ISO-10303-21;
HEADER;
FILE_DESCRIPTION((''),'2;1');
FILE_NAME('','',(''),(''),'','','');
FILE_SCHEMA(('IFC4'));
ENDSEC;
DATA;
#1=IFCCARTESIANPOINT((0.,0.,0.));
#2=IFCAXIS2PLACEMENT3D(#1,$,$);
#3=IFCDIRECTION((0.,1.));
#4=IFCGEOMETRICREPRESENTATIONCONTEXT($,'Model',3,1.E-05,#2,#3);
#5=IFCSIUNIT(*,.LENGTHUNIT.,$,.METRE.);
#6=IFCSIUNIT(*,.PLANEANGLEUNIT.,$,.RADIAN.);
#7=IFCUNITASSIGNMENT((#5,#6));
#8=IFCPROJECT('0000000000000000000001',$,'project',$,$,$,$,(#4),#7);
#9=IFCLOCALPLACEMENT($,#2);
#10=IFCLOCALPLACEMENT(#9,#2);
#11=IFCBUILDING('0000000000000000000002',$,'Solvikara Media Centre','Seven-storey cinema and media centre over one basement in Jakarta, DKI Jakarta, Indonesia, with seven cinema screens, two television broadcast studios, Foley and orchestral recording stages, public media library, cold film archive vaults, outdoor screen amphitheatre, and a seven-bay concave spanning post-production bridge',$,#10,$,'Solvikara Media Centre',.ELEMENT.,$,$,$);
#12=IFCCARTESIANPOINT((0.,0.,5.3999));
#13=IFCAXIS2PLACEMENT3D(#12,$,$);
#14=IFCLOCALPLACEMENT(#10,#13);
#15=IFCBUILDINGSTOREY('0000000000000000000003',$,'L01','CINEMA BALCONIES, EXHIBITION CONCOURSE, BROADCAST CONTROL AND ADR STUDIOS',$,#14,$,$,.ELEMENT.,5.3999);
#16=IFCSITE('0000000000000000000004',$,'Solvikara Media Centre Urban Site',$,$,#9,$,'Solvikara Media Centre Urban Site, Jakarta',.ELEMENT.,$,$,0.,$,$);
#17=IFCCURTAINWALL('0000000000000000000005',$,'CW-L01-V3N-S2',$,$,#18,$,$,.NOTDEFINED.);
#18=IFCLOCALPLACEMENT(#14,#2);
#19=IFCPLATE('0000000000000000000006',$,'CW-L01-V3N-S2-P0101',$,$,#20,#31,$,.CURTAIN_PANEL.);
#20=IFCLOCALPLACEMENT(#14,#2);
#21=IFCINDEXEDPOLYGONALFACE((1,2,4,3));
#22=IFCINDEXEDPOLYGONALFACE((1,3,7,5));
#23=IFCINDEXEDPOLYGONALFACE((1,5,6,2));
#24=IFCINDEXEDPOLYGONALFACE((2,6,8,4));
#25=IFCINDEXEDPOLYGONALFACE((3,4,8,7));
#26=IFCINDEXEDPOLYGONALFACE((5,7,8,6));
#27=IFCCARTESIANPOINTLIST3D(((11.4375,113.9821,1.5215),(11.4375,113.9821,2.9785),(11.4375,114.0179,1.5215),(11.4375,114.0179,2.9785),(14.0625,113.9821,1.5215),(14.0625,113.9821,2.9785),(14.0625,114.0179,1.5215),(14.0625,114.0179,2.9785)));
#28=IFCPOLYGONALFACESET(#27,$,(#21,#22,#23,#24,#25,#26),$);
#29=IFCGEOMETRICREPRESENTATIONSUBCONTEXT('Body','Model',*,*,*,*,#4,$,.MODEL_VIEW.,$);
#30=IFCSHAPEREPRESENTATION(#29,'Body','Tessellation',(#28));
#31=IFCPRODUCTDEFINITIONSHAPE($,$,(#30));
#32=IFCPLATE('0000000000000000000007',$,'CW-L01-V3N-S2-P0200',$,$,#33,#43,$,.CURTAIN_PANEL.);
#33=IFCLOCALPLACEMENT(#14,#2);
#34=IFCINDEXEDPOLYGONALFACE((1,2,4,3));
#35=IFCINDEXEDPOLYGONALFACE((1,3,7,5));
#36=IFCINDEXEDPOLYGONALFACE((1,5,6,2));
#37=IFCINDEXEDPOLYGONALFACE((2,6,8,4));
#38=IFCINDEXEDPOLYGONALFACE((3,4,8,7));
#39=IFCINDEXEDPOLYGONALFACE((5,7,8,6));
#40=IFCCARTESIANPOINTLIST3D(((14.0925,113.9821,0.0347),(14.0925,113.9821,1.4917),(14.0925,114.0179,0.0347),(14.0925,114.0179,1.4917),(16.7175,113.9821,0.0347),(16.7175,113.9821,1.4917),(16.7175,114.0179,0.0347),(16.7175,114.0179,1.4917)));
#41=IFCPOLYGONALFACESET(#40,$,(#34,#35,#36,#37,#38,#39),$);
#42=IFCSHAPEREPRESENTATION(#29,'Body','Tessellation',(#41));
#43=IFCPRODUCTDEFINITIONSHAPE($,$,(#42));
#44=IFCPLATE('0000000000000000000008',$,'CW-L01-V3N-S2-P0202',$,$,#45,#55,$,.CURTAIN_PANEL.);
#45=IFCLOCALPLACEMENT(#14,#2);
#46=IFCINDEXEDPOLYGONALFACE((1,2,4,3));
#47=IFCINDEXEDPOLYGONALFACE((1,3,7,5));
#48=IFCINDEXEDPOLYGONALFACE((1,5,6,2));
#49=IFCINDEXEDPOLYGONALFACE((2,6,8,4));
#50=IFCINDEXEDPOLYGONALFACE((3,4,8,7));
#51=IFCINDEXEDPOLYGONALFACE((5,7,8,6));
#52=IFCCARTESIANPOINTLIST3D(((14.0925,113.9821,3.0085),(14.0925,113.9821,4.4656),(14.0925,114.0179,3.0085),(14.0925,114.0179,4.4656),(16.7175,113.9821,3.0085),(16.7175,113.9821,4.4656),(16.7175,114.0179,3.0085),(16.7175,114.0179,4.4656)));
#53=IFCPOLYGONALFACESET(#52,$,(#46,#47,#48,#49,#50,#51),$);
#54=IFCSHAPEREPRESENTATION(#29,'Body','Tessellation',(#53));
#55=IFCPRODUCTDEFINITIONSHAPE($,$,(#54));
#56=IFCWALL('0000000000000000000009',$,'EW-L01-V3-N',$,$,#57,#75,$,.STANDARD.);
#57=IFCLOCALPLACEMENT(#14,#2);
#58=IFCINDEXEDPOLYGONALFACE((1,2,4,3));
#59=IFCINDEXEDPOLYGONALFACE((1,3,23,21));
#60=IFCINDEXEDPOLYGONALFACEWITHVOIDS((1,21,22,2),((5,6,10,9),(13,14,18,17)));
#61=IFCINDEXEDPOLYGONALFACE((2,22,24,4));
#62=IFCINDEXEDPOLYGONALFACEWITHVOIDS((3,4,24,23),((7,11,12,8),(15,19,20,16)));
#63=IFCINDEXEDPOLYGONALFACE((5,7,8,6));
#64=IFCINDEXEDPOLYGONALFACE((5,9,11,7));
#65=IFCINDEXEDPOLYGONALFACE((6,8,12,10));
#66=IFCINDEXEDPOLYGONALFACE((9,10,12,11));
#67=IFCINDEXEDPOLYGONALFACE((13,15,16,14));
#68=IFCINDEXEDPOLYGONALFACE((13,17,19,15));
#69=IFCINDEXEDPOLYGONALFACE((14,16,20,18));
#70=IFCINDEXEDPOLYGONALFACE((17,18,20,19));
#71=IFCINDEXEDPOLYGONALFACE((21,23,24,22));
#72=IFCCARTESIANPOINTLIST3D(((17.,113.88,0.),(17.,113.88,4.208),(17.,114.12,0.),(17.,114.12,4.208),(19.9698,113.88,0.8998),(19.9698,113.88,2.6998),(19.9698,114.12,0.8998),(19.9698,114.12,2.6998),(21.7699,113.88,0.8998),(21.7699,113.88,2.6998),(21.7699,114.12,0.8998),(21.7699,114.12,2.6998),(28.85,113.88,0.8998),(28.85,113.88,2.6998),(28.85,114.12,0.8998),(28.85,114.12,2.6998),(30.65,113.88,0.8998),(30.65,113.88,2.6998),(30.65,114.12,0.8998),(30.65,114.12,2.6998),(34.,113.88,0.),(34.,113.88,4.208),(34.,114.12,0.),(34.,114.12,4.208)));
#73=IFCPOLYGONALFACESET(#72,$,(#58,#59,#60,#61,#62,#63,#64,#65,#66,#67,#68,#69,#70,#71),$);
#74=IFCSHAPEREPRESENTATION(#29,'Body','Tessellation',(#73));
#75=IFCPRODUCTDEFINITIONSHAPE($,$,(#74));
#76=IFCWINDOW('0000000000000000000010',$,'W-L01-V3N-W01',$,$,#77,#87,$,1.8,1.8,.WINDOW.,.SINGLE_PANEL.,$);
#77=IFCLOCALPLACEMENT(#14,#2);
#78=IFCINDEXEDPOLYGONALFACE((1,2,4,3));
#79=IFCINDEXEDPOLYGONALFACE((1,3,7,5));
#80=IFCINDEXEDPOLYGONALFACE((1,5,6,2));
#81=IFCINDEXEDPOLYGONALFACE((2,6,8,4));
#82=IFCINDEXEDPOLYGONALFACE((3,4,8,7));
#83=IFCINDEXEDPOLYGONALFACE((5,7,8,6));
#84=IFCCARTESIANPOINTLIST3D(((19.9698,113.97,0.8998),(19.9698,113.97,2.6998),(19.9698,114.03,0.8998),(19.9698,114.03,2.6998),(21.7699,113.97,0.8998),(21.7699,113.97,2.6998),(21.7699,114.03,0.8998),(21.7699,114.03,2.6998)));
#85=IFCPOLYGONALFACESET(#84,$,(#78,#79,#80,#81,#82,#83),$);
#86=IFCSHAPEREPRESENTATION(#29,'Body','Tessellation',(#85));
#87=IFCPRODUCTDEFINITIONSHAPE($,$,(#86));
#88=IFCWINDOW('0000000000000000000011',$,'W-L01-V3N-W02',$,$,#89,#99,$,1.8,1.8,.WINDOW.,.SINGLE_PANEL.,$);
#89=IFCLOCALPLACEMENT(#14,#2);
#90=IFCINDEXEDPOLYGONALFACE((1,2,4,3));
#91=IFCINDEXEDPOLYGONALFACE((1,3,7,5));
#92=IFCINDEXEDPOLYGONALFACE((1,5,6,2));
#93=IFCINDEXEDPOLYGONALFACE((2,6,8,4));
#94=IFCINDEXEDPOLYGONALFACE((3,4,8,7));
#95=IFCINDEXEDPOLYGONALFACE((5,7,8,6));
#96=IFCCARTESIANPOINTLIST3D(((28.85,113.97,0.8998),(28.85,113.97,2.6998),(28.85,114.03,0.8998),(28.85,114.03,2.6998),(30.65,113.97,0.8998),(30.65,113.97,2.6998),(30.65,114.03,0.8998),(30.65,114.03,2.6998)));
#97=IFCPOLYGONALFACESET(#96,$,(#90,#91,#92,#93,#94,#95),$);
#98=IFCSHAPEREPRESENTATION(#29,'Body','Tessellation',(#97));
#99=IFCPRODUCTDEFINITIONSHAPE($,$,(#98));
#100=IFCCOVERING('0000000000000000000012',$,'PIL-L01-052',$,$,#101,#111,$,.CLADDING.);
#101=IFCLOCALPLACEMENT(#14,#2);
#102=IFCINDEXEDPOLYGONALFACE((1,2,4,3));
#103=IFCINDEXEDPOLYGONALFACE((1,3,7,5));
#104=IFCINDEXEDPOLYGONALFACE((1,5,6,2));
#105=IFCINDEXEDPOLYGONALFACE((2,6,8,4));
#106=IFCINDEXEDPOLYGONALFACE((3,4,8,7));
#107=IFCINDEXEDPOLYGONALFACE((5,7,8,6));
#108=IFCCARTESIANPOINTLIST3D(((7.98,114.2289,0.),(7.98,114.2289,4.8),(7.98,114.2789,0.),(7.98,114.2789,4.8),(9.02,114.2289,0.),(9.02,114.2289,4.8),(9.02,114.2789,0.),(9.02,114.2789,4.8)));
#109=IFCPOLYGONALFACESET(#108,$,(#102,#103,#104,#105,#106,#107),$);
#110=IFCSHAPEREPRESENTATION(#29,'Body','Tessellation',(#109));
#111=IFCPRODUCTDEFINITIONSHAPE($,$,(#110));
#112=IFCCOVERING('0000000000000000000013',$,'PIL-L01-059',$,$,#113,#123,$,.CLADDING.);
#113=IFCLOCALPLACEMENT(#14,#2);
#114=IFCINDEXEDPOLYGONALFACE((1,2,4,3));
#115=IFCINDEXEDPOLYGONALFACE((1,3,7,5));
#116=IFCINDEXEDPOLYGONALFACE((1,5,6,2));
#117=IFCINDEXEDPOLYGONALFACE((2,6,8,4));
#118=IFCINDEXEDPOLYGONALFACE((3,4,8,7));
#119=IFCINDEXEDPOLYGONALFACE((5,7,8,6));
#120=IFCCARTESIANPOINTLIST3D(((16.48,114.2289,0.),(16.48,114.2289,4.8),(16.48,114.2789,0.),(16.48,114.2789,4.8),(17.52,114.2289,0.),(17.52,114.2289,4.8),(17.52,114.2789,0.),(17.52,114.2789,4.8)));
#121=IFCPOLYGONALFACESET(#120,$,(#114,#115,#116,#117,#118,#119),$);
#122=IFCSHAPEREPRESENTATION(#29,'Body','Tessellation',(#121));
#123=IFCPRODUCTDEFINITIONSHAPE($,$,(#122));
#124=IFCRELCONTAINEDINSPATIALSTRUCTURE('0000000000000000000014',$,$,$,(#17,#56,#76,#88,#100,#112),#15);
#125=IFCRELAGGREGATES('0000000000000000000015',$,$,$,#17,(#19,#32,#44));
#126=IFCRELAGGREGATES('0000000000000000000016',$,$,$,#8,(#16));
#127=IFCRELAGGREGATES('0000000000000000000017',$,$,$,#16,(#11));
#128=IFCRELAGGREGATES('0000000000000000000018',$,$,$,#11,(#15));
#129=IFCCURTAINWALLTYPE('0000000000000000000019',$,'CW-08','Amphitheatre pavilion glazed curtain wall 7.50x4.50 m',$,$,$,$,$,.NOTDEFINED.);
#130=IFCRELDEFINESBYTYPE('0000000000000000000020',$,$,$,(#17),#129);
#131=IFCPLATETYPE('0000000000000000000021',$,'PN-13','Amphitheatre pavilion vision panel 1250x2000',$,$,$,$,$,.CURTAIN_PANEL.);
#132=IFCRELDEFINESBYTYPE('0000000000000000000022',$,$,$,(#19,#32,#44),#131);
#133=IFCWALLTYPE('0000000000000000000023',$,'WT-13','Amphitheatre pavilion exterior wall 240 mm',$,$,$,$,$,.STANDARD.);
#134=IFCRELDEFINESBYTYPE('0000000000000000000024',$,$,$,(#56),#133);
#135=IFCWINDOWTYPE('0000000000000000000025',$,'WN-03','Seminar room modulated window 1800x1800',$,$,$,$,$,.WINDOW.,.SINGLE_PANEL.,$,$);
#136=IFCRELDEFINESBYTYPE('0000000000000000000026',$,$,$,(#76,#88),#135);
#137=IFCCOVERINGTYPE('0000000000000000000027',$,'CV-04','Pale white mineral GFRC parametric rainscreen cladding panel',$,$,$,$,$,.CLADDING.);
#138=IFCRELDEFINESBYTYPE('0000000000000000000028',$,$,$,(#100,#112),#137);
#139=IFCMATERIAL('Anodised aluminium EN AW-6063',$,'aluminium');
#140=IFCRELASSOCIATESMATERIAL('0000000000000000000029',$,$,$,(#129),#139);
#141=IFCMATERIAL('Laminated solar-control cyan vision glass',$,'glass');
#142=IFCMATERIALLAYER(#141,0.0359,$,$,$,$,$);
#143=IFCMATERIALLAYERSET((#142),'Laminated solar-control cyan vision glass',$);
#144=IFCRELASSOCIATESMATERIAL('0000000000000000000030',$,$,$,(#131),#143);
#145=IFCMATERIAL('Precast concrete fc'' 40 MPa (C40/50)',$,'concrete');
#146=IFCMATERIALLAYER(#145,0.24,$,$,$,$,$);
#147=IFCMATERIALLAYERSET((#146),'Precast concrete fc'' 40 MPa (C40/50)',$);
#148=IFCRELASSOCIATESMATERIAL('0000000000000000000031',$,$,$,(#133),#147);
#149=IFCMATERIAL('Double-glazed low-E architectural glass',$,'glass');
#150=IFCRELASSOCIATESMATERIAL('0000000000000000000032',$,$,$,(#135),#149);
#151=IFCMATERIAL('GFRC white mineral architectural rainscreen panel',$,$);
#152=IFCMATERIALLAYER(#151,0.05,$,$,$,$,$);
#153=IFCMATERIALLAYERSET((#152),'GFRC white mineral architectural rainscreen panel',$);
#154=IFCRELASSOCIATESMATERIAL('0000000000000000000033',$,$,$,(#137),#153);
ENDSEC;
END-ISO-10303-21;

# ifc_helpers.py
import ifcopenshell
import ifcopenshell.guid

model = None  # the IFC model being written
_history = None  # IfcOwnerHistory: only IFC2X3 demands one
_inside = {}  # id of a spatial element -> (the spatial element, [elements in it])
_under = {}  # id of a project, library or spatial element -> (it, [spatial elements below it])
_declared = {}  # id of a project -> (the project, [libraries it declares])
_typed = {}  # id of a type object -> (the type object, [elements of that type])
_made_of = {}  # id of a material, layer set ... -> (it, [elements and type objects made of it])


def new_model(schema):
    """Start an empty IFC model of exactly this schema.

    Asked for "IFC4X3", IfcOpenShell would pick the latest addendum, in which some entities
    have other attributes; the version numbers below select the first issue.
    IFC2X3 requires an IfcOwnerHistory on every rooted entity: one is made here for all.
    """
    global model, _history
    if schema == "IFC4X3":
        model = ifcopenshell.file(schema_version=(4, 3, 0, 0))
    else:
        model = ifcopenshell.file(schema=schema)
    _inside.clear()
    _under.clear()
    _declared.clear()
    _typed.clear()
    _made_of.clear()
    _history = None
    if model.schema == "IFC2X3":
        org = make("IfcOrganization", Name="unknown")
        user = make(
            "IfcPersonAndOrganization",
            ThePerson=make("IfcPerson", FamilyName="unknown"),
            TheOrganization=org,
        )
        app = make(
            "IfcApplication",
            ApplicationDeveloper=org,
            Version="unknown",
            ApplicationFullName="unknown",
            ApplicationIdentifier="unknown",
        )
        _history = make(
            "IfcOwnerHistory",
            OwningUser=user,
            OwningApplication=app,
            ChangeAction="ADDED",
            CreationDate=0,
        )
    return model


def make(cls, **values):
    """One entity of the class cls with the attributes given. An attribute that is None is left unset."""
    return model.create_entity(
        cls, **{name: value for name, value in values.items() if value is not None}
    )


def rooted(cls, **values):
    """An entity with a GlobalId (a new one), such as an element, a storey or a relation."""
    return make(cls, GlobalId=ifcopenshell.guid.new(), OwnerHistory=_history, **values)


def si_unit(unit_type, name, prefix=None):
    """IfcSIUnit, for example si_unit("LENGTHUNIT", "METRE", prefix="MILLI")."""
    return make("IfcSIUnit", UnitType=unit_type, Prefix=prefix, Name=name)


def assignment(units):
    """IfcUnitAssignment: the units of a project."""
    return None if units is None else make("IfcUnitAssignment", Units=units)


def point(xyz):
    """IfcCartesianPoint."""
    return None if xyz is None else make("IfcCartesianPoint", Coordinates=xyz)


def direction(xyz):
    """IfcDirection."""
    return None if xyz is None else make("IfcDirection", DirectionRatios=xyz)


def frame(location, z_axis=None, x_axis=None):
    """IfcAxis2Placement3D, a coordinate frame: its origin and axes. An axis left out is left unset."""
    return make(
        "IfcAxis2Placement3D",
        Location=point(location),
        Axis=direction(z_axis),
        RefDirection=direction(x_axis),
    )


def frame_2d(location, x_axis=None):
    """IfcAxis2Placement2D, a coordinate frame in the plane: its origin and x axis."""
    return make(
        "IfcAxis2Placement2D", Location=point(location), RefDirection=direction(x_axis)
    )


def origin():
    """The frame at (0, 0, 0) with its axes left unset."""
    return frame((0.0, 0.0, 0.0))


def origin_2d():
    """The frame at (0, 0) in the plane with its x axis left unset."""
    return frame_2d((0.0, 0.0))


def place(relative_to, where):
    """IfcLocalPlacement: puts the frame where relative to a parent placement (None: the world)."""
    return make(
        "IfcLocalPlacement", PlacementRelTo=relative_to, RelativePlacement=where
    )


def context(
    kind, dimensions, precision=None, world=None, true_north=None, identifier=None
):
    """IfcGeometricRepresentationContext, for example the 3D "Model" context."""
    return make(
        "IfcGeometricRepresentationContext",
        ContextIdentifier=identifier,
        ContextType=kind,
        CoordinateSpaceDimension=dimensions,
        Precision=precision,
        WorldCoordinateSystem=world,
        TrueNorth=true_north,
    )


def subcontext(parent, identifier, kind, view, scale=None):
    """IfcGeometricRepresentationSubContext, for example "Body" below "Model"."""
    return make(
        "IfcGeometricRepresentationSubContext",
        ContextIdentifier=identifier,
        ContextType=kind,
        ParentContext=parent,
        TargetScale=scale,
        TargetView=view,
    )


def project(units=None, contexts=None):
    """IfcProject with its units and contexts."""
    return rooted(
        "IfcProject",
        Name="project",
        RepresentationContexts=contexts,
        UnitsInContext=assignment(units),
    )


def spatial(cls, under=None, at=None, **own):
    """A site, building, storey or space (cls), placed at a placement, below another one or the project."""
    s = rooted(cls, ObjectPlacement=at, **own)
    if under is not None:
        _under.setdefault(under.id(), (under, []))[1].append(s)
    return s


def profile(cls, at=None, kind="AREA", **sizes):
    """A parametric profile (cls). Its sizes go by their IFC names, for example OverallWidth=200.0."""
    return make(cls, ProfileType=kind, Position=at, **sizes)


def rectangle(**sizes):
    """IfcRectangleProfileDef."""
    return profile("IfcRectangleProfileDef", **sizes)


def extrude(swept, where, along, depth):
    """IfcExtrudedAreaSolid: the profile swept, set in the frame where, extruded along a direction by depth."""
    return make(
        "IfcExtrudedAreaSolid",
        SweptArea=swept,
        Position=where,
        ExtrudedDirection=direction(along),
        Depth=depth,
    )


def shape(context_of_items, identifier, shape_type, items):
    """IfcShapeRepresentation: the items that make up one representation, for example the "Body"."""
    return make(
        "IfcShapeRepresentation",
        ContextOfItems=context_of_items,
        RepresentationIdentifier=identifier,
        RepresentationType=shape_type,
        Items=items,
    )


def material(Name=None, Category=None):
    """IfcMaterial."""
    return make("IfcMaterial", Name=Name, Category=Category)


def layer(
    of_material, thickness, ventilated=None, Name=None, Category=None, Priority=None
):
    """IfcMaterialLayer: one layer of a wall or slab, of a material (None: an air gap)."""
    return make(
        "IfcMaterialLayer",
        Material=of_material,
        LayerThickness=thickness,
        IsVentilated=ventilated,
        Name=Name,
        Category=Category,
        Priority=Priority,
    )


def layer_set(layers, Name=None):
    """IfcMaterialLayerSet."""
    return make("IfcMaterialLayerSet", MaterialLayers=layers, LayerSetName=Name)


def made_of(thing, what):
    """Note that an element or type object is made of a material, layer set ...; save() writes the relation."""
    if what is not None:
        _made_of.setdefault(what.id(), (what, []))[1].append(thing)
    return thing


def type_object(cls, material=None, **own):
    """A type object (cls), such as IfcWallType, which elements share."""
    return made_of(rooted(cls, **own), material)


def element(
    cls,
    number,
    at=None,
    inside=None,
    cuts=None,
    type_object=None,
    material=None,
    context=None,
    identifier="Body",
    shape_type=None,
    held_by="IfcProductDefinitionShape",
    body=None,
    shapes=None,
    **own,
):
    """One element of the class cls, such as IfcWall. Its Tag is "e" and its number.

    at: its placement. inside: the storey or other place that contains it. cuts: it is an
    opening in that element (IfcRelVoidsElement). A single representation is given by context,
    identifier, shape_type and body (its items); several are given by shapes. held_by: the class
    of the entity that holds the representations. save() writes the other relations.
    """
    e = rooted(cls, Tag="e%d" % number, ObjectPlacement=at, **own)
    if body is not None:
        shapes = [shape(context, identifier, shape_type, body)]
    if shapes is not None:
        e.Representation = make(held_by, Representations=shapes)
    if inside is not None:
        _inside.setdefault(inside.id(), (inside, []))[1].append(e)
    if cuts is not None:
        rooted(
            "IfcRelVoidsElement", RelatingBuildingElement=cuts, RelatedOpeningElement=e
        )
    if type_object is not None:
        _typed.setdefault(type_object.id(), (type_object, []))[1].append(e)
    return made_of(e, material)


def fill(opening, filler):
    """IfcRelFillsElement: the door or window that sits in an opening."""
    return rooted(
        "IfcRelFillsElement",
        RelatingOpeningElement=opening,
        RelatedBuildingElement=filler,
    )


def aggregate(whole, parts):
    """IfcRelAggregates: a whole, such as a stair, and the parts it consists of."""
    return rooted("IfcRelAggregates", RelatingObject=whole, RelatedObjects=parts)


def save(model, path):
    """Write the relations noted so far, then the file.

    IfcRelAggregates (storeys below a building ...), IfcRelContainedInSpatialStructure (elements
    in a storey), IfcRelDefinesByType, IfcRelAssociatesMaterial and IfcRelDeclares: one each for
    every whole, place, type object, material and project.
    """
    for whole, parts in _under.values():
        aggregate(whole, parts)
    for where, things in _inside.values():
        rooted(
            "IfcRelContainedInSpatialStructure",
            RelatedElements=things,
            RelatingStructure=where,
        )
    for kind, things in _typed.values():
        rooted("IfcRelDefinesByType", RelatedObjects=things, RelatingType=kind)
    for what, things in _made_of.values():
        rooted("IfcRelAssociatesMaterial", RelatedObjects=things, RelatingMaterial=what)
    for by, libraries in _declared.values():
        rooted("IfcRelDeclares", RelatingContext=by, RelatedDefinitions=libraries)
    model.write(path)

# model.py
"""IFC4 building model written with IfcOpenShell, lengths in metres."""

from ifc_helpers import new_model, si_unit, direction, frame, frame_2d, origin, origin_2d, place, context, subcontext, project, spatial, rectangle, extrude, material, layer, layer_set, type_object, element, fill, aggregate, save


model = new_model("IFC4")

# Units and contexts
model_context = context("Model", 3, precision=1e-05, world=origin(), true_north=direction((0.0, 1.0)))
body_context = subcontext(model_context, "Body", "Model", "MODEL_VIEW")
ifc_project = project(units=[si_unit("LENGTHUNIT", "METRE"), si_unit("PLANEANGLEUNIT", "RADIAN")], contexts=[model_context])

# Site, building, storey
site_placement = place(None, origin())
site = spatial("IfcSite", under=ifc_project, at=site_placement, Name="Solvikara Media Centre Urban Site", LongName="Solvikara Media Centre Urban Site, Jakarta", CompositionType="ELEMENT", RefElevation=0.0)
building_placement = place(site_placement, origin())
building = spatial("IfcBuilding", under=site, at=building_placement, Name="Solvikara Media Centre", Description="Seven-storey cinema and media centre over one basement in Jakarta, DKI Jakarta, Indonesia, with seven cinema screens, two television broadcast studios, Foley and orchestral recording stages, public media library, cold film archive vaults, outdoor screen amphitheatre, and a seven-bay concave spanning post-production bridge", LongName="Solvikara Media Centre", CompositionType="ELEMENT")
storey_placement = place(building_placement, frame((0.0, 0.0, 5.3999)))
storey = spatial("IfcBuildingStorey", under=building, at=storey_placement, Name="L01", Description="CINEMA BALCONIES, EXHIBITION CONCOURSE, BROADCAST CONTROL AND ADR STUDIOS", CompositionType="ELEMENT", Elevation=5.3999)

# Curtain wall, plates
ifc_material_1 = material(Name="Anodised aluminium EN AW-6063", Category="aluminium")
curtain_wall_type = type_object("IfcCurtainWallType", Name="CW-08", Description="Amphitheatre pavilion glazed curtain wall 7.50x4.50 m", PredefinedType="NOTDEFINED", material=ifc_material_1)
curtain_wall_placement = place(storey_placement, origin())
curtain_wall = element("IfcCurtainWall", 1, at=curtain_wall_placement, inside=storey, type_object=curtain_wall_type, Name="CW-L01-V3N-S2", PredefinedType="NOTDEFINED")
ifc_material_2 = material(Name="Laminated solar-control cyan vision glass", Category="glass")
ifc_layer_1 = layer(ifc_material_2, 0.0359)
ifc_layer_set_1 = layer_set([ifc_layer_1], Name="Laminated solar-control cyan vision glass")
plate_type_1 = type_object("IfcPlateType", Name="PN-13", Description="Amphitheatre pavilion vision panel 1250x2000", PredefinedType="CURTAIN_PANEL", material=ifc_layer_set_1)
plate_1_placement = place(storey_placement, frame((12.75, 114.0, 1.5215), z_axis=(0.0, 0.0, 1.0), x_axis=(1.0, 0.0, 0.0)))
plate_1 = element("IfcPlate", 2, at=plate_1_placement, type_object=plate_type_1, Name="CW-L01-V3N-S2-P0101", PredefinedType="CURTAIN_PANEL", context=body_context, shape_type="SweptSolid", body=[
    extrude(rectangle(XDim=2.625, YDim=0.0359, at=origin_2d()), origin(), (0.0, 0.0, 1.0), 1.457),
])
plate_2_placement = place(storey_placement, frame((15.405, 114.0, 0.0347), z_axis=(0.0, 0.0, 1.0), x_axis=(1.0, 0.0, 0.0)))
plate_2 = element("IfcPlate", 3, at=plate_2_placement, type_object=plate_type_1, Name="CW-L01-V3N-S2-P0200", PredefinedType="CURTAIN_PANEL", context=body_context, shape_type="SweptSolid", body=[
    extrude(rectangle(XDim=2.625, YDim=0.0359, at=origin_2d()), origin(), (0.0, 0.0, 1.0), 1.457),
])
plate_3_placement = place(storey_placement, frame((15.405, 114.0, 3.0085), z_axis=(0.0, 0.0, 1.0), x_axis=(1.0, 0.0, 0.0)))
plate_3 = element("IfcPlate", 4, at=plate_3_placement, type_object=plate_type_1, Name="CW-L01-V3N-S2-P0202", PredefinedType="CURTAIN_PANEL", context=body_context, shape_type="SweptSolid", body=[
    extrude(rectangle(XDim=2.625, YDim=0.0359, at=origin_2d()), origin(), (0.0, 0.0, 1.0), 1.457),
])
aggregate(curtain_wall, [plate_1, plate_2, plate_3])

# Wall, openings, windows
ifc_material_3 = material(Name="Precast concrete fc' 40 MPa (C40/50)", Category="concrete")
ifc_layer_2 = layer(ifc_material_3, 0.24)
ifc_layer_set_2 = layer_set([ifc_layer_2], Name="Precast concrete fc' 40 MPa (C40/50)")
wall_type = type_object("IfcWallType", Name="WT-13", Description="Amphitheatre pavilion exterior wall 240 mm", PredefinedType="STANDARD", material=ifc_layer_set_2)
wall_placement = place(storey_placement, frame((17.0, 114.0, 0.0), z_axis=(0.0, 0.0, 1.0), x_axis=(1.0, 0.0, 0.0)))
wall = element("IfcWall", 5, at=wall_placement, inside=storey, type_object=wall_type, Name="EW-L01-V3-N", PredefinedType="STANDARD", context=body_context, shape_type="SweptSolid", body=[
    extrude(rectangle(XDim=17.0, YDim=0.24, at=frame_2d((8.5, 0.0))), origin(), (0.0, 0.0, 1.0), 4.208),
])
opening_1_placement = place(wall_placement, frame((2.97, 0.0, 0.8999)))
opening_1 = element("IfcOpeningElement", 6, at=opening_1_placement, cuts=wall, PredefinedType="OPENING", context=body_context, shape_type="SweptSolid", body=[
    extrude(rectangle(XDim=1.8, YDim=1.8, at=frame_2d((0.8999, 0.8999))), frame((0.0, 0.1318, 0.0), z_axis=(0.0, -1.0, 0.0), x_axis=(1.0, 0.0, 0.0)), (0.0, 0.0, 1.0), 0.2639),
])
opening_2_placement = place(wall_placement, frame((11.8501, 0.0, 0.8999)))
opening_2 = element("IfcOpeningElement", 7, at=opening_2_placement, cuts=wall, PredefinedType="OPENING", context=body_context, shape_type="SweptSolid", body=[
    extrude(rectangle(XDim=1.8, YDim=1.8, at=frame_2d((0.8999, 0.8999))), frame((0.0, 0.1318, 0.0), z_axis=(0.0, -1.0, 0.0), x_axis=(1.0, 0.0, 0.0)), (0.0, 0.0, 1.0), 0.2639),
])
ifc_material_4 = material(Name="Double-glazed low-E architectural glass", Category="glass")
window_type = type_object("IfcWindowType", Name="WN-03", Description="Seminar room modulated window 1800x1800", PartitioningType="SINGLE_PANEL", PredefinedType="WINDOW", material=ifc_material_4)
window_1_placement = place(opening_1_placement, origin())
window_1 = element("IfcWindow", 8, at=window_1_placement, inside=storey, type_object=window_type, Name="W-L01-V3N-W01", OverallHeight=1.8, OverallWidth=1.8, PartitioningType="SINGLE_PANEL", PredefinedType="WINDOW", context=body_context, shape_type="SweptSolid", body=[
    extrude(rectangle(XDim=1.8, YDim=1.8, at=frame_2d((0.8999, 0.8999))), frame((0.0, 0.03, 0.0), z_axis=(0.0, -1.0, 0.0), x_axis=(1.0, 0.0, 0.0)), (0.0, 0.0, 1.0), 0.0601),
])
fill(opening_1, window_1)
window_2_placement = place(opening_2_placement, origin())
window_2 = element("IfcWindow", 9, at=window_2_placement, inside=storey, type_object=window_type, Name="W-L01-V3N-W02", OverallHeight=1.8, OverallWidth=1.8, PartitioningType="SINGLE_PANEL", PredefinedType="WINDOW", context=body_context, shape_type="SweptSolid", body=[
    extrude(rectangle(XDim=1.8, YDim=1.8, at=frame_2d((0.8999, 0.8999))), frame((0.0, 0.03, 0.0), z_axis=(0.0, -1.0, 0.0), x_axis=(1.0, 0.0, 0.0)), (0.0, 0.0, 1.0), 0.0601),
])
fill(opening_2, window_2)

# Coverings
ifc_material_5 = material(Name="GFRC white mineral architectural rainscreen panel")
ifc_layer_3 = layer(ifc_material_5, 0.05)
ifc_layer_set_3 = layer_set([ifc_layer_3], Name="GFRC white mineral architectural rainscreen panel")
covering_type = type_object("IfcCoveringType", Name="CV-04", Description="Pale white mineral GFRC parametric rainscreen cladding panel", PredefinedType="CLADDING", material=ifc_layer_set_3)
for number, where, z_axis, x_axis, name in (
    (10, (8.5, 114.2539, 0.0), (0.0, 0.0, 1.0), (-1.0, 0.0, 0.0), "PIL-L01-052"),
    (11, (17.0, 114.2539, 0.0), (0.0, 0.0, 1.0), (-1.0, 0.0, 0.0), "PIL-L01-059"),
):
    element("IfcCovering", number, at=place(storey_placement, frame(where, z_axis=z_axis, x_axis=x_axis)), inside=storey, type_object=covering_type, Name=name, PredefinedType="CLADDING", context=body_context, shape_type="SweptSolid", body=[
        extrude(rectangle(XDim=1.04, YDim=0.05, at=origin_2d()), origin(), (0.0, 0.0, 1.0), 4.8),
    ])

save(model, "model.ifc")
